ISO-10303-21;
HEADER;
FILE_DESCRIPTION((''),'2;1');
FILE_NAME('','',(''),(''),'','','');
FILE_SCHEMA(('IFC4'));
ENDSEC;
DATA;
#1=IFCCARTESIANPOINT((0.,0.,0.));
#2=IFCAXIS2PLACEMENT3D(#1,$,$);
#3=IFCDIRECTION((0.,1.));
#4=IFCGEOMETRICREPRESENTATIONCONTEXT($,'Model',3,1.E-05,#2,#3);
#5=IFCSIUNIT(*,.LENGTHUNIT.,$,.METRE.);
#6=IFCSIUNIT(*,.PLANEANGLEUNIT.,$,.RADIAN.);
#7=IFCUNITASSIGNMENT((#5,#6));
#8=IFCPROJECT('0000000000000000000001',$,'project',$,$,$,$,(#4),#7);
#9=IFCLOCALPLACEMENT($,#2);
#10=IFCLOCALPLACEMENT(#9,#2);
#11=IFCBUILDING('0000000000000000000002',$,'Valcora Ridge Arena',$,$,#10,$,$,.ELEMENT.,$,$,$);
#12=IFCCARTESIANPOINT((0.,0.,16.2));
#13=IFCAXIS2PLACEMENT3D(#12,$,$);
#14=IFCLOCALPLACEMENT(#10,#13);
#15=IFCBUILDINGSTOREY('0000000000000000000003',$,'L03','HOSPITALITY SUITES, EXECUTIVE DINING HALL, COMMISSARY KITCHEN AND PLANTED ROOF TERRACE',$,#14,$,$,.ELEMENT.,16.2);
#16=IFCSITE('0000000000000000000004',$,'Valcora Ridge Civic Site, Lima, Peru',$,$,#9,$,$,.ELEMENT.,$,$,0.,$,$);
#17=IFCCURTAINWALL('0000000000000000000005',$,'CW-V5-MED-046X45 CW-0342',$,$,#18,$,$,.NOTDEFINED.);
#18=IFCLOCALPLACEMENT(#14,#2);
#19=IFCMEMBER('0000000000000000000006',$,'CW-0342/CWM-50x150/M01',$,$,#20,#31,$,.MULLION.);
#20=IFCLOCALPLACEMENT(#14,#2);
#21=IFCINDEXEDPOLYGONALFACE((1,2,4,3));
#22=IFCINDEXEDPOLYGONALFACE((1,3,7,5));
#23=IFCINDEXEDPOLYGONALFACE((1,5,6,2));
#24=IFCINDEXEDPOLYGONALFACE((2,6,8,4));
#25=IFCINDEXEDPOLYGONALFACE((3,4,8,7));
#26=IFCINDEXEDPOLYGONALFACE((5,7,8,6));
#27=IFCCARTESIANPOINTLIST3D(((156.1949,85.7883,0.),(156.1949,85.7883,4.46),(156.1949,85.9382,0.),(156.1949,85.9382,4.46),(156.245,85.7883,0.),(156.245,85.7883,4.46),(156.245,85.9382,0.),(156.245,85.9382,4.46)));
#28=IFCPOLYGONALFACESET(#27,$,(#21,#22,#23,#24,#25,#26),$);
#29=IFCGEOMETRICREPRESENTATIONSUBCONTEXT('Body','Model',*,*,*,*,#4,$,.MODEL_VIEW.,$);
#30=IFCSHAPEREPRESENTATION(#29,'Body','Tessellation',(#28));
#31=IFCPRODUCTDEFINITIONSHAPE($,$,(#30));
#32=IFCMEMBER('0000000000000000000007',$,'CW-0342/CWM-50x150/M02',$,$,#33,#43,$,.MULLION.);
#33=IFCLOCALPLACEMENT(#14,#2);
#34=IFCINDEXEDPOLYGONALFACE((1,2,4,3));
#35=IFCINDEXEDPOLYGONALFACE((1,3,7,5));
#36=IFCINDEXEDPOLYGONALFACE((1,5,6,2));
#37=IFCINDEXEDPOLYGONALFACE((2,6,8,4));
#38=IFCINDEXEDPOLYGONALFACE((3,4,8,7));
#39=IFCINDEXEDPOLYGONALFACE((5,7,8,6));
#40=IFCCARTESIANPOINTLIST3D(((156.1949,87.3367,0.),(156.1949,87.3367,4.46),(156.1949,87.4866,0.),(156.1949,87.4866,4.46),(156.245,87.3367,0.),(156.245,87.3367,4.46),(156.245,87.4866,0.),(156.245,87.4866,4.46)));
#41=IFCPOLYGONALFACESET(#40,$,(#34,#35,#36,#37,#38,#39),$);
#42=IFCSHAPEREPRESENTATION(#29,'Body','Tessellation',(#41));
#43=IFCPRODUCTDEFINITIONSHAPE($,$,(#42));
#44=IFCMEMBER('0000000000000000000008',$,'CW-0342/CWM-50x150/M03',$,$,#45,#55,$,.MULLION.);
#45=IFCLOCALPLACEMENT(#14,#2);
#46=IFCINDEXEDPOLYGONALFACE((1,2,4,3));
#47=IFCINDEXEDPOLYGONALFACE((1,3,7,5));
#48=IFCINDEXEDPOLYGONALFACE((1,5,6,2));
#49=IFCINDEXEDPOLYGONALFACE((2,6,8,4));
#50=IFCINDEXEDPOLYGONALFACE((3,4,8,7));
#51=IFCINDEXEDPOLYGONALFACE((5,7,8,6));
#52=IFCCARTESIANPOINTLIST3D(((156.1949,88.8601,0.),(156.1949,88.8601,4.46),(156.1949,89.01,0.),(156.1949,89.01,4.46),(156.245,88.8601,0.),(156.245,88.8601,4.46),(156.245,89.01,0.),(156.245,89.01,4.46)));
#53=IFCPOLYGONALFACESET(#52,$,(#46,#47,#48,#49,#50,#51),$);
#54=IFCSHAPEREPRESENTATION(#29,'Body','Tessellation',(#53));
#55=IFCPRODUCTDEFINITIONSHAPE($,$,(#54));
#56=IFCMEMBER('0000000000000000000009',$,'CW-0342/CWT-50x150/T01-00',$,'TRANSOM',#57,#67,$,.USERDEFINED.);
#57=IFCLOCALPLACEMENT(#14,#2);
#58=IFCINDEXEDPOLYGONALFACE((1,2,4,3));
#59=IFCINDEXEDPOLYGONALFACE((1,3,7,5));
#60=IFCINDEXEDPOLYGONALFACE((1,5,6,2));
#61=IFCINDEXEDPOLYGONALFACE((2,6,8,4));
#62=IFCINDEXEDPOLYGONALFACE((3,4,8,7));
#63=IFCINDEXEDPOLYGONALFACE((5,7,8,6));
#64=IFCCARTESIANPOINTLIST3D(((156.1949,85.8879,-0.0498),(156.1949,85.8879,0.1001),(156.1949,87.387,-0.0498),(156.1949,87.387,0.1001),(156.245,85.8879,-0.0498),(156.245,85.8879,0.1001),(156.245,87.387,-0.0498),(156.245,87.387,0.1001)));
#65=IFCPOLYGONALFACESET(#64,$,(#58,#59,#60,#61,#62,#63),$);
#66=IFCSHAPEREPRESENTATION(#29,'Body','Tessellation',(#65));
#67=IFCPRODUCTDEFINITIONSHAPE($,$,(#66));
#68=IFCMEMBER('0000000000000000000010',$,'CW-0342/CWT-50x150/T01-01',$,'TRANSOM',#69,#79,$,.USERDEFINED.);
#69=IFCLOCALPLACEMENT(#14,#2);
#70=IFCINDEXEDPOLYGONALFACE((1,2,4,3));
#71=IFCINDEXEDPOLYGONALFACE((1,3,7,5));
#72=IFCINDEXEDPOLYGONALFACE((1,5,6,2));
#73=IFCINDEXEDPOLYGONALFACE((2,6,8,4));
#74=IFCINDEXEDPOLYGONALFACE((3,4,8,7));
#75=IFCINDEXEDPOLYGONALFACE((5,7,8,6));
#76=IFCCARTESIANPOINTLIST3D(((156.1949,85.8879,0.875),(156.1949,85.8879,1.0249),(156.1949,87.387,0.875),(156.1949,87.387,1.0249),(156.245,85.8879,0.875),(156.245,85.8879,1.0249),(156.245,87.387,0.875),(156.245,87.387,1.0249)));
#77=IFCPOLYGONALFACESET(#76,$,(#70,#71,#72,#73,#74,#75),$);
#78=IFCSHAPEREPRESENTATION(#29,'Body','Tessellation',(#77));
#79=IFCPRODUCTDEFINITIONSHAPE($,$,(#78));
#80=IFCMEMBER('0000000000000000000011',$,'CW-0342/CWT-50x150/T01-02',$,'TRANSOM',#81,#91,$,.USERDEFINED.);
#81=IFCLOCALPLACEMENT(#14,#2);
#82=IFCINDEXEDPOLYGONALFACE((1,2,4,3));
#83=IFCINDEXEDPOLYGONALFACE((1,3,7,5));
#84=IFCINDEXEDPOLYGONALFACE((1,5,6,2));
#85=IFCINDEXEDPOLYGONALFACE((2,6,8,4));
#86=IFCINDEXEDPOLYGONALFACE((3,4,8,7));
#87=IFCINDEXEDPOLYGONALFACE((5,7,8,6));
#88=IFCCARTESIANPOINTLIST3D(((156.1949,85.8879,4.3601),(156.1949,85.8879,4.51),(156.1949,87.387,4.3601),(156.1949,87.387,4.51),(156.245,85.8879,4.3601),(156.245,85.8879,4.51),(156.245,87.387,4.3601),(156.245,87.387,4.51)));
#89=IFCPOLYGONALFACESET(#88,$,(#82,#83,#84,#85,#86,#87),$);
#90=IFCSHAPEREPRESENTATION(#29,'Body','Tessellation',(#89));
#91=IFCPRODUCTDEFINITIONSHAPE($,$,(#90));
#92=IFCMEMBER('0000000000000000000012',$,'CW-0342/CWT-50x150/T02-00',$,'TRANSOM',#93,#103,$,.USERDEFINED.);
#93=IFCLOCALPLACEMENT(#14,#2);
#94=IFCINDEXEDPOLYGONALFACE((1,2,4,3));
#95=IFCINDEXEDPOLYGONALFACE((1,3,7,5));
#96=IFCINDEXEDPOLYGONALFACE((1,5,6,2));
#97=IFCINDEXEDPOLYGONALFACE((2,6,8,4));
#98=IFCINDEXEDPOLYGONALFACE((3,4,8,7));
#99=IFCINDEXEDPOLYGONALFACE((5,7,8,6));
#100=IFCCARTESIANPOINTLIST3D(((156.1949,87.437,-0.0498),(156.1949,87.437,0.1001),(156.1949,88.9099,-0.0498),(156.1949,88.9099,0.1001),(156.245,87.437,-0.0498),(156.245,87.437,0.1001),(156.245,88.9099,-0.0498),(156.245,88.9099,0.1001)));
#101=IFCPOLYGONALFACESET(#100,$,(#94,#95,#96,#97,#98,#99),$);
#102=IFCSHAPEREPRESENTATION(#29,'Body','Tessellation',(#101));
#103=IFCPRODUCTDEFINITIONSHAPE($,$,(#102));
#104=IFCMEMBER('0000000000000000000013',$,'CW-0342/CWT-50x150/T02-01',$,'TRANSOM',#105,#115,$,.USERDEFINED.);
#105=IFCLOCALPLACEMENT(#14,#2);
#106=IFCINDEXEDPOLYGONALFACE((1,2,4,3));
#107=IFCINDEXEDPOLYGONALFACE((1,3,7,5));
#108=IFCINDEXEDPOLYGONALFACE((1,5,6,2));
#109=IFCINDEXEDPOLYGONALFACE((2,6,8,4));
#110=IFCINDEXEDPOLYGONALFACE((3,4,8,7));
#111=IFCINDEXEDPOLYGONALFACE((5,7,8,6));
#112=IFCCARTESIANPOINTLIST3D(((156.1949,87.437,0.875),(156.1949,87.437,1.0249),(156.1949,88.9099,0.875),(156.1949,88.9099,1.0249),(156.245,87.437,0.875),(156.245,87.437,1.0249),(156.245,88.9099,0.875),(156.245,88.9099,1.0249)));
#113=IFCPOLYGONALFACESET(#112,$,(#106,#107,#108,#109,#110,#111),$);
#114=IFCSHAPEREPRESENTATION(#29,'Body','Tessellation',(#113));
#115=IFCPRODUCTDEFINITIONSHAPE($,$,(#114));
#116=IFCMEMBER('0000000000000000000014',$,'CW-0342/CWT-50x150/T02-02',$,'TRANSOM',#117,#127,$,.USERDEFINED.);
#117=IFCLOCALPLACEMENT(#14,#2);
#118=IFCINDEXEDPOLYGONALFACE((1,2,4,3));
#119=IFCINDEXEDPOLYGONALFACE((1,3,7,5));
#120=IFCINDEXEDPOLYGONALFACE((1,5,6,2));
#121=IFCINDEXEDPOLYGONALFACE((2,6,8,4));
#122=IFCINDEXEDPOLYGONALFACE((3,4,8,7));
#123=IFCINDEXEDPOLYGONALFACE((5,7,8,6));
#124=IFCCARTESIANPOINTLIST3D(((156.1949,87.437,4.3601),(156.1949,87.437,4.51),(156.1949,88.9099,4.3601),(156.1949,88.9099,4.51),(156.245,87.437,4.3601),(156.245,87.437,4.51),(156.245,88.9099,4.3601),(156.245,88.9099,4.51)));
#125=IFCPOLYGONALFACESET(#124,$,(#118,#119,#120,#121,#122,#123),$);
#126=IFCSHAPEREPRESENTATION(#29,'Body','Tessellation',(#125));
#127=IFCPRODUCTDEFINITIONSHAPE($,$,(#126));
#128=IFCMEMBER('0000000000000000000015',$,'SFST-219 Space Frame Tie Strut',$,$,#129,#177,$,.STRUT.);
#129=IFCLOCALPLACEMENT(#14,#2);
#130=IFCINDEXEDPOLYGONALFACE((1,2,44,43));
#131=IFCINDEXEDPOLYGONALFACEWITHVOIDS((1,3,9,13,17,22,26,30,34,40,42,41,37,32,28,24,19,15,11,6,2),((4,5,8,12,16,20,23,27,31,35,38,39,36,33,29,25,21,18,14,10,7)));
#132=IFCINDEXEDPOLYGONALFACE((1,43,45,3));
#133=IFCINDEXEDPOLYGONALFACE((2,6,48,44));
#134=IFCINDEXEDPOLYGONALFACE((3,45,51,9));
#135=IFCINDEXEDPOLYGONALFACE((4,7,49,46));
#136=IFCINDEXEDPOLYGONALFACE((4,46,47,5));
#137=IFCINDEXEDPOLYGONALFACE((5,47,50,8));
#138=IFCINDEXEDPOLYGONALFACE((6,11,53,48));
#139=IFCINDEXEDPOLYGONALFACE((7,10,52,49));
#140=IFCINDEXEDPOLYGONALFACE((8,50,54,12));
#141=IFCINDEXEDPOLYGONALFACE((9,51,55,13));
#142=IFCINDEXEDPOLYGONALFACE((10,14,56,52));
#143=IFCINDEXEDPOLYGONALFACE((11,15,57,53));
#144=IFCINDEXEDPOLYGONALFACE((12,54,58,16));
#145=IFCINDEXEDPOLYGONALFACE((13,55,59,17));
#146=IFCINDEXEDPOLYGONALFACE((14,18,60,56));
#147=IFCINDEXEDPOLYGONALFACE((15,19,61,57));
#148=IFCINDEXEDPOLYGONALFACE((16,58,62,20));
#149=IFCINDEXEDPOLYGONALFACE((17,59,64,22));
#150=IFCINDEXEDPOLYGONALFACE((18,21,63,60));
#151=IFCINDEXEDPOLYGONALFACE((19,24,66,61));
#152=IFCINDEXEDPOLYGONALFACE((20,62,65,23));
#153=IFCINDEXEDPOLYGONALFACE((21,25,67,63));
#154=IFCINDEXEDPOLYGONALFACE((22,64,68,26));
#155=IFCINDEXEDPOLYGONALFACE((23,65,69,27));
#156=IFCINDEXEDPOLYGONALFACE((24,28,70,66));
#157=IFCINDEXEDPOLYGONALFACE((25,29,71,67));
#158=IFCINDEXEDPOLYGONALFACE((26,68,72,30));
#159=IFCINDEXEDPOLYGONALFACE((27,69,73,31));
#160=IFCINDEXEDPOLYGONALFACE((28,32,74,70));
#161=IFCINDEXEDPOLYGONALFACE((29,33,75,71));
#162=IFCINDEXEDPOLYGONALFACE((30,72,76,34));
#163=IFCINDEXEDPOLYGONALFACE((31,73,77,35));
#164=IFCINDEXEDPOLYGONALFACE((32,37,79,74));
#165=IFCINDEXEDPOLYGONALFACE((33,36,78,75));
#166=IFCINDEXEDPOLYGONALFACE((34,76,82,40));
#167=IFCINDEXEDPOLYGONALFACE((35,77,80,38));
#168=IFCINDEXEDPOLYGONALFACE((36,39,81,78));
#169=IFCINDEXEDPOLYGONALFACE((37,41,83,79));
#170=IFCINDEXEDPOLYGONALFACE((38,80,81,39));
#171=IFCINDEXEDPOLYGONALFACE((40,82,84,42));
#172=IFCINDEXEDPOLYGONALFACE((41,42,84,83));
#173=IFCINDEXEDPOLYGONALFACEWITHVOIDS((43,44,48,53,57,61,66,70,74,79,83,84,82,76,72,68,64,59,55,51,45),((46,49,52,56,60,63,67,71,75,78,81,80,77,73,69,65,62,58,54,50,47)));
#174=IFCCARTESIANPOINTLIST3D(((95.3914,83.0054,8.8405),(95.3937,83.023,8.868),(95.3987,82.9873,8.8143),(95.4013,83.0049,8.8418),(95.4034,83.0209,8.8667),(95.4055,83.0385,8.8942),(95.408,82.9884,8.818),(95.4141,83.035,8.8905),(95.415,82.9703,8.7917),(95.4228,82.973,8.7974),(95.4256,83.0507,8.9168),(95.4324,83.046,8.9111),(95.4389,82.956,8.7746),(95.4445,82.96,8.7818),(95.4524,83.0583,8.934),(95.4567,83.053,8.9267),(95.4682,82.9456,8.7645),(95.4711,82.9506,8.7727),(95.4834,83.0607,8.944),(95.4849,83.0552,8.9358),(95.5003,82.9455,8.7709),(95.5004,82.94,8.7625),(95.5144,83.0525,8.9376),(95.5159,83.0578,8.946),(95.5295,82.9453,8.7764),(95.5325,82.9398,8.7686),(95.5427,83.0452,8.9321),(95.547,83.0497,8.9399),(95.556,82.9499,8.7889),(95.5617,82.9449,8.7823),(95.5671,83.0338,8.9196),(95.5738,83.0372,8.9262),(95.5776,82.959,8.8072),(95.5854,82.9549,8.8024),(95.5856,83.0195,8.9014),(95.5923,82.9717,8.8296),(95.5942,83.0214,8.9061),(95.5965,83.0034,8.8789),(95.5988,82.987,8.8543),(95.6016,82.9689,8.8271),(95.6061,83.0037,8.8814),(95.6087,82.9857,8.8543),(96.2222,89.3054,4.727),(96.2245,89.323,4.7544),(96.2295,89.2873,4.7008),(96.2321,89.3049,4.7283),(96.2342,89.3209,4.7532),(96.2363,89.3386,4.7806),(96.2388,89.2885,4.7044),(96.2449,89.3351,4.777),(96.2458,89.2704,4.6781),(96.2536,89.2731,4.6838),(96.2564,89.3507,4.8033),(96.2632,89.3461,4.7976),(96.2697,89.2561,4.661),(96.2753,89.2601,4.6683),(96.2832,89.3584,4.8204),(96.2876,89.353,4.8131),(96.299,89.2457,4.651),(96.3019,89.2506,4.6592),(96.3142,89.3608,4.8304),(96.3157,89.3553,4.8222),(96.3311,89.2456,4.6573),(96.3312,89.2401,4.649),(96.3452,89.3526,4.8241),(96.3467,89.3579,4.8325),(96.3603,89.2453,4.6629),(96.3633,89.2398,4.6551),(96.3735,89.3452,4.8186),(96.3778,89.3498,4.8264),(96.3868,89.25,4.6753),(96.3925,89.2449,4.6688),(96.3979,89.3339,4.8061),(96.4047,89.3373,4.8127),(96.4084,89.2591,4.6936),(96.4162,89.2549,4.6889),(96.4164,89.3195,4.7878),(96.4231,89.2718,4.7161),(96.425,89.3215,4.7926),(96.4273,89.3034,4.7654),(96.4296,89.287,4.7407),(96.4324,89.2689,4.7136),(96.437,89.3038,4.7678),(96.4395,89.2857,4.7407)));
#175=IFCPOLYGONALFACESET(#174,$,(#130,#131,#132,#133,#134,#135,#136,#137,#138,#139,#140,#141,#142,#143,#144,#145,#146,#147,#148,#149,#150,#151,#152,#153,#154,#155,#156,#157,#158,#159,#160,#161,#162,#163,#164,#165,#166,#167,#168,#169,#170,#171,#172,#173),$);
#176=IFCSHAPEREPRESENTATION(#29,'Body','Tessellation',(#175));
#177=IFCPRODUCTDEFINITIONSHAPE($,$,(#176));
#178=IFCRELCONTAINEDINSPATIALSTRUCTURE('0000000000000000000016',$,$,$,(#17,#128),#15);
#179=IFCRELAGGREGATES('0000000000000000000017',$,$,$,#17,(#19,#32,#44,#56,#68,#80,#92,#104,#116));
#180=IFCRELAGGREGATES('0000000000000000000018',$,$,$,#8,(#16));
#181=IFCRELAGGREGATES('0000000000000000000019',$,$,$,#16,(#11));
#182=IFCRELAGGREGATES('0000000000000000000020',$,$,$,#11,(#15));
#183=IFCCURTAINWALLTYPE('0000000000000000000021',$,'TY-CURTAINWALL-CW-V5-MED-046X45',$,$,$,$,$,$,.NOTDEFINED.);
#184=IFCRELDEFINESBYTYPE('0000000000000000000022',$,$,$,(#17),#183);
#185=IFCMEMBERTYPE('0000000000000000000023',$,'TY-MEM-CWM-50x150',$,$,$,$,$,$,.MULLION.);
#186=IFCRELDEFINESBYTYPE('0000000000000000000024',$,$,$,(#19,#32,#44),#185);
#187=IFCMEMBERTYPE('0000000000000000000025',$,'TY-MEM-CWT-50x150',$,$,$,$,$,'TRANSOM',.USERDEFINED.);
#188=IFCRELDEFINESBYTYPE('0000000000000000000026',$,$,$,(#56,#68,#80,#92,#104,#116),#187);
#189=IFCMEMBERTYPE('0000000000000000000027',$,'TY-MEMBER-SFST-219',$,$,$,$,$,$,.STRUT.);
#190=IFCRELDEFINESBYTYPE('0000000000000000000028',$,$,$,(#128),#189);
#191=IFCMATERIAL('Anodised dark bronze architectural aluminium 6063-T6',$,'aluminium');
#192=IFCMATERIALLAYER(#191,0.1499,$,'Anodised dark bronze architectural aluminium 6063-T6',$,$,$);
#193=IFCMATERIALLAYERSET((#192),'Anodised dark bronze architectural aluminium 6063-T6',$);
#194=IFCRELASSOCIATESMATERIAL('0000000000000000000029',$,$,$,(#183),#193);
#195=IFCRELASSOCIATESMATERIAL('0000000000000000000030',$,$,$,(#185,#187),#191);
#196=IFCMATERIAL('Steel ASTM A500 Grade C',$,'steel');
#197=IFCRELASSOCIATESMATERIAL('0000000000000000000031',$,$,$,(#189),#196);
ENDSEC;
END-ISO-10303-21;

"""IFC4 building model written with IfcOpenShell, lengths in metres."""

from ifc_helpers import new_model, si_unit, direction, frame, origin, origin_2d, place, context, subcontext, project, spatial, rectangle, hollow_circle, extrude, material, layer, layer_set, material_profile, profile_set, type_object, element, aggregate, save


model = new_model("IFC4")

# Units and contexts
model_context = context("Model", 3, precision=1e-05, world=origin(), true_north=direction((0.0, 1.0)))
body_context = subcontext(model_context, "Body", "Model", "MODEL_VIEW")
ifc_project = project(units=[si_unit("LENGTHUNIT", "METRE"), si_unit("PLANEANGLEUNIT", "RADIAN")], contexts=[model_context])

# Site, building, storey
site_placement = place(None, origin())
site = spatial("IfcSite", under=ifc_project, at=site_placement, Name="Valcora Ridge Civic Site, Lima, Peru", CompositionType="ELEMENT", RefElevation=0.0)
building_placement = place(site_placement, origin())
building = spatial("IfcBuilding", under=site, at=building_placement, Name="Valcora Ridge Arena", CompositionType="ELEMENT")
storey_placement = place(building_placement, frame((0.0, 0.0, 16.2)))
storey = spatial("IfcBuildingStorey", under=building, at=storey_placement, Name="L03", Description="HOSPITALITY SUITES, EXECUTIVE DINING HALL, COMMISSARY KITCHEN AND PLANTED ROOF TERRACE", CompositionType="ELEMENT", Elevation=16.2)

# Curtain wall, members
ifc_material_1 = material(Name="Anodised dark bronze architectural aluminium 6063-T6", Category="aluminium")
ifc_layer_1 = layer(ifc_material_1, 0.1499, Name="Anodised dark bronze architectural aluminium 6063-T6")
ifc_layer_set_1 = layer_set([ifc_layer_1], Name="Anodised dark bronze architectural aluminium 6063-T6")
curtain_wall_type = type_object("IfcCurtainWallType", Name="TY-CURTAINWALL-CW-V5-MED-046X45", PredefinedType="NOTDEFINED", material=ifc_layer_set_1)
curtain_wall_placement = place(storey_placement, origin())
curtain_wall = element("IfcCurtainWall", 1, at=curtain_wall_placement, inside=storey, type_object=curtain_wall_type, Name="CW-V5-MED-046X45 CW-0342", PredefinedType="NOTDEFINED")
ifc_material_profile_1 = material_profile(ifc_material_1, rectangle(XDim=0.05, YDim=0.1499, at=origin_2d()), Name="ALU MULLION 50x150")
ifc_profile_set_1 = profile_set([ifc_material_profile_1], Name="Anodised dark bronze architectural aluminium 6063-T6")
member_type_1 = type_object("IfcMemberType", Name="TY-MEM-CWM-50x150", PredefinedType="MULLION", material=ifc_profile_set_1)
member_1_placement = place(storey_placement, frame((156.22, 85.8633, 0.0), z_axis=(0.0, 0.0, 1.0), x_axis=(-1.0, 0.0, 0.0)))
member_1 = element("IfcMember", 2, at=member_1_placement, type_object=member_type_1, Name="CW-0342/CWM-50x150/M01", PredefinedType="MULLION", context=body_context, shape_type="SweptSolid", body=[
    extrude(rectangle(XDim=0.05, YDim=0.1499, at=origin_2d()), origin(), (0.0, 0.0, 1.0), 4.46),
])
member_2_placement = place(storey_placement, frame((156.22, 87.4116, 0.0), z_axis=(0.0, 0.0, 1.0), x_axis=(-1.0, 0.0, 0.0)))
member_2 = element("IfcMember", 3, at=member_2_placement, type_object=member_type_1, Name="CW-0342/CWM-50x150/M02", PredefinedType="MULLION", context=body_context, shape_type="SweptSolid", body=[
    extrude(rectangle(XDim=0.05, YDim=0.1499, at=origin_2d()), origin(), (0.0, 0.0, 1.0), 4.46),
])
member_3_placement = place(storey_placement, frame((156.22, 88.9351, 0.0), z_axis=(0.0, 0.0, 1.0), x_axis=(-1.0, 0.0, 0.0)))
member_3 = element("IfcMember", 4, at=member_3_placement, type_object=member_type_1, Name="CW-0342/CWM-50x150/M03", PredefinedType="MULLION", context=body_context, shape_type="SweptSolid", body=[
    extrude(rectangle(XDim=0.05, YDim=0.1499, at=origin_2d()), origin(), (0.0, 0.0, 1.0), 4.46),
])
ifc_material_profile_2 = material_profile(ifc_material_1, rectangle(XDim=0.05, YDim=0.1499, at=origin_2d()), Name="ALU TRANSOM 50x150")
ifc_profile_set_2 = profile_set([ifc_material_profile_2], Name="Anodised dark bronze architectural aluminium 6063-T6")
member_type_2 = type_object("IfcMemberType", Name="TY-MEM-CWT-50x150", ElementType="TRANSOM", PredefinedType="USERDEFINED", material=ifc_profile_set_2)
member_4_placement = place(storey_placement, frame((156.22, 85.8879, 0.0251), z_axis=(0.0, 1.0, 0.0), x_axis=(-1.0, 0.0, 0.0)))
member_4 = element("IfcMember", 5, at=member_4_placement, type_object=member_type_2, Name="CW-0342/CWT-50x150/T01-00", ObjectType="TRANSOM", PredefinedType="USERDEFINED", context=body_context, shape_type="SweptSolid", body=[
    extrude(rectangle(XDim=0.05, YDim=0.1499, at=origin_2d()), origin(), (0.0, 0.0, 1.0), 1.499),
])
member_5_placement = place(storey_placement, frame((156.22, 85.8879, 0.95), z_axis=(0.0, 1.0, 0.0), x_axis=(-1.0, 0.0, 0.0)))
member_5 = element("IfcMember", 6, at=member_5_placement, type_object=member_type_2, Name="CW-0342/CWT-50x150/T01-01", ObjectType="TRANSOM", PredefinedType="USERDEFINED", context=body_context, shape_type="SweptSolid", body=[
    extrude(rectangle(XDim=0.05, YDim=0.1499, at=origin_2d()), origin(), (0.0, 0.0, 1.0), 1.499),
])
member_6_placement = place(storey_placement, frame((156.22, 85.8879, 4.4351), z_axis=(0.0, 1.0, 0.0), x_axis=(-1.0, 0.0, 0.0)))
member_6 = element("IfcMember", 7, at=member_6_placement, type_object=member_type_2, Name="CW-0342/CWT-50x150/T01-02", ObjectType="TRANSOM", PredefinedType="USERDEFINED", context=body_context, shape_type="SweptSolid", body=[
    extrude(rectangle(XDim=0.05, YDim=0.1499, at=origin_2d()), origin(), (0.0, 0.0, 1.0), 1.499),
])
member_7_placement = place(storey_placement, frame((156.22, 87.437, 0.0251), z_axis=(0.0, 1.0, 0.0), x_axis=(-1.0, 0.0, 0.0)))
member_7 = element("IfcMember", 8, at=member_7_placement, type_object=member_type_2, Name="CW-0342/CWT-50x150/T02-00", ObjectType="TRANSOM", PredefinedType="USERDEFINED", context=body_context, shape_type="SweptSolid", body=[
    extrude(rectangle(XDim=0.05, YDim=0.1499, at=origin_2d()), origin(), (0.0, 0.0, 1.0), 1.4729),
])
member_8_placement = place(storey_placement, frame((156.22, 87.437, 0.95), z_axis=(0.0, 1.0, 0.0), x_axis=(-1.0, 0.0, 0.0)))
member_8 = element("IfcMember", 9, at=member_8_placement, type_object=member_type_2, Name="CW-0342/CWT-50x150/T02-01", ObjectType="TRANSOM", PredefinedType="USERDEFINED", context=body_context, shape_type="SweptSolid", body=[
    extrude(rectangle(XDim=0.05, YDim=0.1499, at=origin_2d()), origin(), (0.0, 0.0, 1.0), 1.4729),
])
member_9_placement = place(storey_placement, frame((156.22, 87.437, 4.4351), z_axis=(0.0, 1.0, 0.0), x_axis=(-1.0, 0.0, 0.0)))
member_9 = element("IfcMember", 10, at=member_9_placement, type_object=member_type_2, Name="CW-0342/CWT-50x150/T02-02", ObjectType="TRANSOM", PredefinedType="USERDEFINED", context=body_context, shape_type="SweptSolid", body=[
    extrude(rectangle(XDim=0.05, YDim=0.1499, at=origin_2d()), origin(), (0.0, 0.0, 1.0), 1.4729),
])

# Member
ifc_material_2 = material(Name="Steel ASTM A500 Grade C", Category="steel")
ifc_material_profile_3 = material_profile(ifc_material_2, hollow_circle(Radius=0.1096, WallThickness=0.01, at=origin_2d()), Name="CHS219X10")
ifc_profile_set_3 = profile_set([ifc_material_profile_3], Name="Steel ASTM A500 Grade C")
member_type_3 = type_object("IfcMemberType", Name="TY-MEMBER-SFST-219", PredefinedType="STRUT", material=ifc_profile_set_3)
member_10_placement = place(storey_placement, frame((96.3308, 89.3, 4.7407), z_axis=(-0.109753, -0.83226, 0.543412), x_axis=(0.991416, -0.130742, 0.0)))
element("IfcMember", 11, at=member_10_placement, inside=storey, type_object=member_type_3, Name="SFST-219 Space Frame Tie Strut", PredefinedType="STRUT", context=body_context, shape_type="SweptSolid", body=[
    extrude(hollow_circle(Radius=0.1096, WallThickness=0.01, at=origin_2d()), origin(), (0.0, 0.0, 1.0), 7.5698),
])

aggregate(curtain_wall, [member_1, member_2, member_3, member_4, member_5, member_6, member_7, member_8, member_9])

save(model, "model.ifc")
